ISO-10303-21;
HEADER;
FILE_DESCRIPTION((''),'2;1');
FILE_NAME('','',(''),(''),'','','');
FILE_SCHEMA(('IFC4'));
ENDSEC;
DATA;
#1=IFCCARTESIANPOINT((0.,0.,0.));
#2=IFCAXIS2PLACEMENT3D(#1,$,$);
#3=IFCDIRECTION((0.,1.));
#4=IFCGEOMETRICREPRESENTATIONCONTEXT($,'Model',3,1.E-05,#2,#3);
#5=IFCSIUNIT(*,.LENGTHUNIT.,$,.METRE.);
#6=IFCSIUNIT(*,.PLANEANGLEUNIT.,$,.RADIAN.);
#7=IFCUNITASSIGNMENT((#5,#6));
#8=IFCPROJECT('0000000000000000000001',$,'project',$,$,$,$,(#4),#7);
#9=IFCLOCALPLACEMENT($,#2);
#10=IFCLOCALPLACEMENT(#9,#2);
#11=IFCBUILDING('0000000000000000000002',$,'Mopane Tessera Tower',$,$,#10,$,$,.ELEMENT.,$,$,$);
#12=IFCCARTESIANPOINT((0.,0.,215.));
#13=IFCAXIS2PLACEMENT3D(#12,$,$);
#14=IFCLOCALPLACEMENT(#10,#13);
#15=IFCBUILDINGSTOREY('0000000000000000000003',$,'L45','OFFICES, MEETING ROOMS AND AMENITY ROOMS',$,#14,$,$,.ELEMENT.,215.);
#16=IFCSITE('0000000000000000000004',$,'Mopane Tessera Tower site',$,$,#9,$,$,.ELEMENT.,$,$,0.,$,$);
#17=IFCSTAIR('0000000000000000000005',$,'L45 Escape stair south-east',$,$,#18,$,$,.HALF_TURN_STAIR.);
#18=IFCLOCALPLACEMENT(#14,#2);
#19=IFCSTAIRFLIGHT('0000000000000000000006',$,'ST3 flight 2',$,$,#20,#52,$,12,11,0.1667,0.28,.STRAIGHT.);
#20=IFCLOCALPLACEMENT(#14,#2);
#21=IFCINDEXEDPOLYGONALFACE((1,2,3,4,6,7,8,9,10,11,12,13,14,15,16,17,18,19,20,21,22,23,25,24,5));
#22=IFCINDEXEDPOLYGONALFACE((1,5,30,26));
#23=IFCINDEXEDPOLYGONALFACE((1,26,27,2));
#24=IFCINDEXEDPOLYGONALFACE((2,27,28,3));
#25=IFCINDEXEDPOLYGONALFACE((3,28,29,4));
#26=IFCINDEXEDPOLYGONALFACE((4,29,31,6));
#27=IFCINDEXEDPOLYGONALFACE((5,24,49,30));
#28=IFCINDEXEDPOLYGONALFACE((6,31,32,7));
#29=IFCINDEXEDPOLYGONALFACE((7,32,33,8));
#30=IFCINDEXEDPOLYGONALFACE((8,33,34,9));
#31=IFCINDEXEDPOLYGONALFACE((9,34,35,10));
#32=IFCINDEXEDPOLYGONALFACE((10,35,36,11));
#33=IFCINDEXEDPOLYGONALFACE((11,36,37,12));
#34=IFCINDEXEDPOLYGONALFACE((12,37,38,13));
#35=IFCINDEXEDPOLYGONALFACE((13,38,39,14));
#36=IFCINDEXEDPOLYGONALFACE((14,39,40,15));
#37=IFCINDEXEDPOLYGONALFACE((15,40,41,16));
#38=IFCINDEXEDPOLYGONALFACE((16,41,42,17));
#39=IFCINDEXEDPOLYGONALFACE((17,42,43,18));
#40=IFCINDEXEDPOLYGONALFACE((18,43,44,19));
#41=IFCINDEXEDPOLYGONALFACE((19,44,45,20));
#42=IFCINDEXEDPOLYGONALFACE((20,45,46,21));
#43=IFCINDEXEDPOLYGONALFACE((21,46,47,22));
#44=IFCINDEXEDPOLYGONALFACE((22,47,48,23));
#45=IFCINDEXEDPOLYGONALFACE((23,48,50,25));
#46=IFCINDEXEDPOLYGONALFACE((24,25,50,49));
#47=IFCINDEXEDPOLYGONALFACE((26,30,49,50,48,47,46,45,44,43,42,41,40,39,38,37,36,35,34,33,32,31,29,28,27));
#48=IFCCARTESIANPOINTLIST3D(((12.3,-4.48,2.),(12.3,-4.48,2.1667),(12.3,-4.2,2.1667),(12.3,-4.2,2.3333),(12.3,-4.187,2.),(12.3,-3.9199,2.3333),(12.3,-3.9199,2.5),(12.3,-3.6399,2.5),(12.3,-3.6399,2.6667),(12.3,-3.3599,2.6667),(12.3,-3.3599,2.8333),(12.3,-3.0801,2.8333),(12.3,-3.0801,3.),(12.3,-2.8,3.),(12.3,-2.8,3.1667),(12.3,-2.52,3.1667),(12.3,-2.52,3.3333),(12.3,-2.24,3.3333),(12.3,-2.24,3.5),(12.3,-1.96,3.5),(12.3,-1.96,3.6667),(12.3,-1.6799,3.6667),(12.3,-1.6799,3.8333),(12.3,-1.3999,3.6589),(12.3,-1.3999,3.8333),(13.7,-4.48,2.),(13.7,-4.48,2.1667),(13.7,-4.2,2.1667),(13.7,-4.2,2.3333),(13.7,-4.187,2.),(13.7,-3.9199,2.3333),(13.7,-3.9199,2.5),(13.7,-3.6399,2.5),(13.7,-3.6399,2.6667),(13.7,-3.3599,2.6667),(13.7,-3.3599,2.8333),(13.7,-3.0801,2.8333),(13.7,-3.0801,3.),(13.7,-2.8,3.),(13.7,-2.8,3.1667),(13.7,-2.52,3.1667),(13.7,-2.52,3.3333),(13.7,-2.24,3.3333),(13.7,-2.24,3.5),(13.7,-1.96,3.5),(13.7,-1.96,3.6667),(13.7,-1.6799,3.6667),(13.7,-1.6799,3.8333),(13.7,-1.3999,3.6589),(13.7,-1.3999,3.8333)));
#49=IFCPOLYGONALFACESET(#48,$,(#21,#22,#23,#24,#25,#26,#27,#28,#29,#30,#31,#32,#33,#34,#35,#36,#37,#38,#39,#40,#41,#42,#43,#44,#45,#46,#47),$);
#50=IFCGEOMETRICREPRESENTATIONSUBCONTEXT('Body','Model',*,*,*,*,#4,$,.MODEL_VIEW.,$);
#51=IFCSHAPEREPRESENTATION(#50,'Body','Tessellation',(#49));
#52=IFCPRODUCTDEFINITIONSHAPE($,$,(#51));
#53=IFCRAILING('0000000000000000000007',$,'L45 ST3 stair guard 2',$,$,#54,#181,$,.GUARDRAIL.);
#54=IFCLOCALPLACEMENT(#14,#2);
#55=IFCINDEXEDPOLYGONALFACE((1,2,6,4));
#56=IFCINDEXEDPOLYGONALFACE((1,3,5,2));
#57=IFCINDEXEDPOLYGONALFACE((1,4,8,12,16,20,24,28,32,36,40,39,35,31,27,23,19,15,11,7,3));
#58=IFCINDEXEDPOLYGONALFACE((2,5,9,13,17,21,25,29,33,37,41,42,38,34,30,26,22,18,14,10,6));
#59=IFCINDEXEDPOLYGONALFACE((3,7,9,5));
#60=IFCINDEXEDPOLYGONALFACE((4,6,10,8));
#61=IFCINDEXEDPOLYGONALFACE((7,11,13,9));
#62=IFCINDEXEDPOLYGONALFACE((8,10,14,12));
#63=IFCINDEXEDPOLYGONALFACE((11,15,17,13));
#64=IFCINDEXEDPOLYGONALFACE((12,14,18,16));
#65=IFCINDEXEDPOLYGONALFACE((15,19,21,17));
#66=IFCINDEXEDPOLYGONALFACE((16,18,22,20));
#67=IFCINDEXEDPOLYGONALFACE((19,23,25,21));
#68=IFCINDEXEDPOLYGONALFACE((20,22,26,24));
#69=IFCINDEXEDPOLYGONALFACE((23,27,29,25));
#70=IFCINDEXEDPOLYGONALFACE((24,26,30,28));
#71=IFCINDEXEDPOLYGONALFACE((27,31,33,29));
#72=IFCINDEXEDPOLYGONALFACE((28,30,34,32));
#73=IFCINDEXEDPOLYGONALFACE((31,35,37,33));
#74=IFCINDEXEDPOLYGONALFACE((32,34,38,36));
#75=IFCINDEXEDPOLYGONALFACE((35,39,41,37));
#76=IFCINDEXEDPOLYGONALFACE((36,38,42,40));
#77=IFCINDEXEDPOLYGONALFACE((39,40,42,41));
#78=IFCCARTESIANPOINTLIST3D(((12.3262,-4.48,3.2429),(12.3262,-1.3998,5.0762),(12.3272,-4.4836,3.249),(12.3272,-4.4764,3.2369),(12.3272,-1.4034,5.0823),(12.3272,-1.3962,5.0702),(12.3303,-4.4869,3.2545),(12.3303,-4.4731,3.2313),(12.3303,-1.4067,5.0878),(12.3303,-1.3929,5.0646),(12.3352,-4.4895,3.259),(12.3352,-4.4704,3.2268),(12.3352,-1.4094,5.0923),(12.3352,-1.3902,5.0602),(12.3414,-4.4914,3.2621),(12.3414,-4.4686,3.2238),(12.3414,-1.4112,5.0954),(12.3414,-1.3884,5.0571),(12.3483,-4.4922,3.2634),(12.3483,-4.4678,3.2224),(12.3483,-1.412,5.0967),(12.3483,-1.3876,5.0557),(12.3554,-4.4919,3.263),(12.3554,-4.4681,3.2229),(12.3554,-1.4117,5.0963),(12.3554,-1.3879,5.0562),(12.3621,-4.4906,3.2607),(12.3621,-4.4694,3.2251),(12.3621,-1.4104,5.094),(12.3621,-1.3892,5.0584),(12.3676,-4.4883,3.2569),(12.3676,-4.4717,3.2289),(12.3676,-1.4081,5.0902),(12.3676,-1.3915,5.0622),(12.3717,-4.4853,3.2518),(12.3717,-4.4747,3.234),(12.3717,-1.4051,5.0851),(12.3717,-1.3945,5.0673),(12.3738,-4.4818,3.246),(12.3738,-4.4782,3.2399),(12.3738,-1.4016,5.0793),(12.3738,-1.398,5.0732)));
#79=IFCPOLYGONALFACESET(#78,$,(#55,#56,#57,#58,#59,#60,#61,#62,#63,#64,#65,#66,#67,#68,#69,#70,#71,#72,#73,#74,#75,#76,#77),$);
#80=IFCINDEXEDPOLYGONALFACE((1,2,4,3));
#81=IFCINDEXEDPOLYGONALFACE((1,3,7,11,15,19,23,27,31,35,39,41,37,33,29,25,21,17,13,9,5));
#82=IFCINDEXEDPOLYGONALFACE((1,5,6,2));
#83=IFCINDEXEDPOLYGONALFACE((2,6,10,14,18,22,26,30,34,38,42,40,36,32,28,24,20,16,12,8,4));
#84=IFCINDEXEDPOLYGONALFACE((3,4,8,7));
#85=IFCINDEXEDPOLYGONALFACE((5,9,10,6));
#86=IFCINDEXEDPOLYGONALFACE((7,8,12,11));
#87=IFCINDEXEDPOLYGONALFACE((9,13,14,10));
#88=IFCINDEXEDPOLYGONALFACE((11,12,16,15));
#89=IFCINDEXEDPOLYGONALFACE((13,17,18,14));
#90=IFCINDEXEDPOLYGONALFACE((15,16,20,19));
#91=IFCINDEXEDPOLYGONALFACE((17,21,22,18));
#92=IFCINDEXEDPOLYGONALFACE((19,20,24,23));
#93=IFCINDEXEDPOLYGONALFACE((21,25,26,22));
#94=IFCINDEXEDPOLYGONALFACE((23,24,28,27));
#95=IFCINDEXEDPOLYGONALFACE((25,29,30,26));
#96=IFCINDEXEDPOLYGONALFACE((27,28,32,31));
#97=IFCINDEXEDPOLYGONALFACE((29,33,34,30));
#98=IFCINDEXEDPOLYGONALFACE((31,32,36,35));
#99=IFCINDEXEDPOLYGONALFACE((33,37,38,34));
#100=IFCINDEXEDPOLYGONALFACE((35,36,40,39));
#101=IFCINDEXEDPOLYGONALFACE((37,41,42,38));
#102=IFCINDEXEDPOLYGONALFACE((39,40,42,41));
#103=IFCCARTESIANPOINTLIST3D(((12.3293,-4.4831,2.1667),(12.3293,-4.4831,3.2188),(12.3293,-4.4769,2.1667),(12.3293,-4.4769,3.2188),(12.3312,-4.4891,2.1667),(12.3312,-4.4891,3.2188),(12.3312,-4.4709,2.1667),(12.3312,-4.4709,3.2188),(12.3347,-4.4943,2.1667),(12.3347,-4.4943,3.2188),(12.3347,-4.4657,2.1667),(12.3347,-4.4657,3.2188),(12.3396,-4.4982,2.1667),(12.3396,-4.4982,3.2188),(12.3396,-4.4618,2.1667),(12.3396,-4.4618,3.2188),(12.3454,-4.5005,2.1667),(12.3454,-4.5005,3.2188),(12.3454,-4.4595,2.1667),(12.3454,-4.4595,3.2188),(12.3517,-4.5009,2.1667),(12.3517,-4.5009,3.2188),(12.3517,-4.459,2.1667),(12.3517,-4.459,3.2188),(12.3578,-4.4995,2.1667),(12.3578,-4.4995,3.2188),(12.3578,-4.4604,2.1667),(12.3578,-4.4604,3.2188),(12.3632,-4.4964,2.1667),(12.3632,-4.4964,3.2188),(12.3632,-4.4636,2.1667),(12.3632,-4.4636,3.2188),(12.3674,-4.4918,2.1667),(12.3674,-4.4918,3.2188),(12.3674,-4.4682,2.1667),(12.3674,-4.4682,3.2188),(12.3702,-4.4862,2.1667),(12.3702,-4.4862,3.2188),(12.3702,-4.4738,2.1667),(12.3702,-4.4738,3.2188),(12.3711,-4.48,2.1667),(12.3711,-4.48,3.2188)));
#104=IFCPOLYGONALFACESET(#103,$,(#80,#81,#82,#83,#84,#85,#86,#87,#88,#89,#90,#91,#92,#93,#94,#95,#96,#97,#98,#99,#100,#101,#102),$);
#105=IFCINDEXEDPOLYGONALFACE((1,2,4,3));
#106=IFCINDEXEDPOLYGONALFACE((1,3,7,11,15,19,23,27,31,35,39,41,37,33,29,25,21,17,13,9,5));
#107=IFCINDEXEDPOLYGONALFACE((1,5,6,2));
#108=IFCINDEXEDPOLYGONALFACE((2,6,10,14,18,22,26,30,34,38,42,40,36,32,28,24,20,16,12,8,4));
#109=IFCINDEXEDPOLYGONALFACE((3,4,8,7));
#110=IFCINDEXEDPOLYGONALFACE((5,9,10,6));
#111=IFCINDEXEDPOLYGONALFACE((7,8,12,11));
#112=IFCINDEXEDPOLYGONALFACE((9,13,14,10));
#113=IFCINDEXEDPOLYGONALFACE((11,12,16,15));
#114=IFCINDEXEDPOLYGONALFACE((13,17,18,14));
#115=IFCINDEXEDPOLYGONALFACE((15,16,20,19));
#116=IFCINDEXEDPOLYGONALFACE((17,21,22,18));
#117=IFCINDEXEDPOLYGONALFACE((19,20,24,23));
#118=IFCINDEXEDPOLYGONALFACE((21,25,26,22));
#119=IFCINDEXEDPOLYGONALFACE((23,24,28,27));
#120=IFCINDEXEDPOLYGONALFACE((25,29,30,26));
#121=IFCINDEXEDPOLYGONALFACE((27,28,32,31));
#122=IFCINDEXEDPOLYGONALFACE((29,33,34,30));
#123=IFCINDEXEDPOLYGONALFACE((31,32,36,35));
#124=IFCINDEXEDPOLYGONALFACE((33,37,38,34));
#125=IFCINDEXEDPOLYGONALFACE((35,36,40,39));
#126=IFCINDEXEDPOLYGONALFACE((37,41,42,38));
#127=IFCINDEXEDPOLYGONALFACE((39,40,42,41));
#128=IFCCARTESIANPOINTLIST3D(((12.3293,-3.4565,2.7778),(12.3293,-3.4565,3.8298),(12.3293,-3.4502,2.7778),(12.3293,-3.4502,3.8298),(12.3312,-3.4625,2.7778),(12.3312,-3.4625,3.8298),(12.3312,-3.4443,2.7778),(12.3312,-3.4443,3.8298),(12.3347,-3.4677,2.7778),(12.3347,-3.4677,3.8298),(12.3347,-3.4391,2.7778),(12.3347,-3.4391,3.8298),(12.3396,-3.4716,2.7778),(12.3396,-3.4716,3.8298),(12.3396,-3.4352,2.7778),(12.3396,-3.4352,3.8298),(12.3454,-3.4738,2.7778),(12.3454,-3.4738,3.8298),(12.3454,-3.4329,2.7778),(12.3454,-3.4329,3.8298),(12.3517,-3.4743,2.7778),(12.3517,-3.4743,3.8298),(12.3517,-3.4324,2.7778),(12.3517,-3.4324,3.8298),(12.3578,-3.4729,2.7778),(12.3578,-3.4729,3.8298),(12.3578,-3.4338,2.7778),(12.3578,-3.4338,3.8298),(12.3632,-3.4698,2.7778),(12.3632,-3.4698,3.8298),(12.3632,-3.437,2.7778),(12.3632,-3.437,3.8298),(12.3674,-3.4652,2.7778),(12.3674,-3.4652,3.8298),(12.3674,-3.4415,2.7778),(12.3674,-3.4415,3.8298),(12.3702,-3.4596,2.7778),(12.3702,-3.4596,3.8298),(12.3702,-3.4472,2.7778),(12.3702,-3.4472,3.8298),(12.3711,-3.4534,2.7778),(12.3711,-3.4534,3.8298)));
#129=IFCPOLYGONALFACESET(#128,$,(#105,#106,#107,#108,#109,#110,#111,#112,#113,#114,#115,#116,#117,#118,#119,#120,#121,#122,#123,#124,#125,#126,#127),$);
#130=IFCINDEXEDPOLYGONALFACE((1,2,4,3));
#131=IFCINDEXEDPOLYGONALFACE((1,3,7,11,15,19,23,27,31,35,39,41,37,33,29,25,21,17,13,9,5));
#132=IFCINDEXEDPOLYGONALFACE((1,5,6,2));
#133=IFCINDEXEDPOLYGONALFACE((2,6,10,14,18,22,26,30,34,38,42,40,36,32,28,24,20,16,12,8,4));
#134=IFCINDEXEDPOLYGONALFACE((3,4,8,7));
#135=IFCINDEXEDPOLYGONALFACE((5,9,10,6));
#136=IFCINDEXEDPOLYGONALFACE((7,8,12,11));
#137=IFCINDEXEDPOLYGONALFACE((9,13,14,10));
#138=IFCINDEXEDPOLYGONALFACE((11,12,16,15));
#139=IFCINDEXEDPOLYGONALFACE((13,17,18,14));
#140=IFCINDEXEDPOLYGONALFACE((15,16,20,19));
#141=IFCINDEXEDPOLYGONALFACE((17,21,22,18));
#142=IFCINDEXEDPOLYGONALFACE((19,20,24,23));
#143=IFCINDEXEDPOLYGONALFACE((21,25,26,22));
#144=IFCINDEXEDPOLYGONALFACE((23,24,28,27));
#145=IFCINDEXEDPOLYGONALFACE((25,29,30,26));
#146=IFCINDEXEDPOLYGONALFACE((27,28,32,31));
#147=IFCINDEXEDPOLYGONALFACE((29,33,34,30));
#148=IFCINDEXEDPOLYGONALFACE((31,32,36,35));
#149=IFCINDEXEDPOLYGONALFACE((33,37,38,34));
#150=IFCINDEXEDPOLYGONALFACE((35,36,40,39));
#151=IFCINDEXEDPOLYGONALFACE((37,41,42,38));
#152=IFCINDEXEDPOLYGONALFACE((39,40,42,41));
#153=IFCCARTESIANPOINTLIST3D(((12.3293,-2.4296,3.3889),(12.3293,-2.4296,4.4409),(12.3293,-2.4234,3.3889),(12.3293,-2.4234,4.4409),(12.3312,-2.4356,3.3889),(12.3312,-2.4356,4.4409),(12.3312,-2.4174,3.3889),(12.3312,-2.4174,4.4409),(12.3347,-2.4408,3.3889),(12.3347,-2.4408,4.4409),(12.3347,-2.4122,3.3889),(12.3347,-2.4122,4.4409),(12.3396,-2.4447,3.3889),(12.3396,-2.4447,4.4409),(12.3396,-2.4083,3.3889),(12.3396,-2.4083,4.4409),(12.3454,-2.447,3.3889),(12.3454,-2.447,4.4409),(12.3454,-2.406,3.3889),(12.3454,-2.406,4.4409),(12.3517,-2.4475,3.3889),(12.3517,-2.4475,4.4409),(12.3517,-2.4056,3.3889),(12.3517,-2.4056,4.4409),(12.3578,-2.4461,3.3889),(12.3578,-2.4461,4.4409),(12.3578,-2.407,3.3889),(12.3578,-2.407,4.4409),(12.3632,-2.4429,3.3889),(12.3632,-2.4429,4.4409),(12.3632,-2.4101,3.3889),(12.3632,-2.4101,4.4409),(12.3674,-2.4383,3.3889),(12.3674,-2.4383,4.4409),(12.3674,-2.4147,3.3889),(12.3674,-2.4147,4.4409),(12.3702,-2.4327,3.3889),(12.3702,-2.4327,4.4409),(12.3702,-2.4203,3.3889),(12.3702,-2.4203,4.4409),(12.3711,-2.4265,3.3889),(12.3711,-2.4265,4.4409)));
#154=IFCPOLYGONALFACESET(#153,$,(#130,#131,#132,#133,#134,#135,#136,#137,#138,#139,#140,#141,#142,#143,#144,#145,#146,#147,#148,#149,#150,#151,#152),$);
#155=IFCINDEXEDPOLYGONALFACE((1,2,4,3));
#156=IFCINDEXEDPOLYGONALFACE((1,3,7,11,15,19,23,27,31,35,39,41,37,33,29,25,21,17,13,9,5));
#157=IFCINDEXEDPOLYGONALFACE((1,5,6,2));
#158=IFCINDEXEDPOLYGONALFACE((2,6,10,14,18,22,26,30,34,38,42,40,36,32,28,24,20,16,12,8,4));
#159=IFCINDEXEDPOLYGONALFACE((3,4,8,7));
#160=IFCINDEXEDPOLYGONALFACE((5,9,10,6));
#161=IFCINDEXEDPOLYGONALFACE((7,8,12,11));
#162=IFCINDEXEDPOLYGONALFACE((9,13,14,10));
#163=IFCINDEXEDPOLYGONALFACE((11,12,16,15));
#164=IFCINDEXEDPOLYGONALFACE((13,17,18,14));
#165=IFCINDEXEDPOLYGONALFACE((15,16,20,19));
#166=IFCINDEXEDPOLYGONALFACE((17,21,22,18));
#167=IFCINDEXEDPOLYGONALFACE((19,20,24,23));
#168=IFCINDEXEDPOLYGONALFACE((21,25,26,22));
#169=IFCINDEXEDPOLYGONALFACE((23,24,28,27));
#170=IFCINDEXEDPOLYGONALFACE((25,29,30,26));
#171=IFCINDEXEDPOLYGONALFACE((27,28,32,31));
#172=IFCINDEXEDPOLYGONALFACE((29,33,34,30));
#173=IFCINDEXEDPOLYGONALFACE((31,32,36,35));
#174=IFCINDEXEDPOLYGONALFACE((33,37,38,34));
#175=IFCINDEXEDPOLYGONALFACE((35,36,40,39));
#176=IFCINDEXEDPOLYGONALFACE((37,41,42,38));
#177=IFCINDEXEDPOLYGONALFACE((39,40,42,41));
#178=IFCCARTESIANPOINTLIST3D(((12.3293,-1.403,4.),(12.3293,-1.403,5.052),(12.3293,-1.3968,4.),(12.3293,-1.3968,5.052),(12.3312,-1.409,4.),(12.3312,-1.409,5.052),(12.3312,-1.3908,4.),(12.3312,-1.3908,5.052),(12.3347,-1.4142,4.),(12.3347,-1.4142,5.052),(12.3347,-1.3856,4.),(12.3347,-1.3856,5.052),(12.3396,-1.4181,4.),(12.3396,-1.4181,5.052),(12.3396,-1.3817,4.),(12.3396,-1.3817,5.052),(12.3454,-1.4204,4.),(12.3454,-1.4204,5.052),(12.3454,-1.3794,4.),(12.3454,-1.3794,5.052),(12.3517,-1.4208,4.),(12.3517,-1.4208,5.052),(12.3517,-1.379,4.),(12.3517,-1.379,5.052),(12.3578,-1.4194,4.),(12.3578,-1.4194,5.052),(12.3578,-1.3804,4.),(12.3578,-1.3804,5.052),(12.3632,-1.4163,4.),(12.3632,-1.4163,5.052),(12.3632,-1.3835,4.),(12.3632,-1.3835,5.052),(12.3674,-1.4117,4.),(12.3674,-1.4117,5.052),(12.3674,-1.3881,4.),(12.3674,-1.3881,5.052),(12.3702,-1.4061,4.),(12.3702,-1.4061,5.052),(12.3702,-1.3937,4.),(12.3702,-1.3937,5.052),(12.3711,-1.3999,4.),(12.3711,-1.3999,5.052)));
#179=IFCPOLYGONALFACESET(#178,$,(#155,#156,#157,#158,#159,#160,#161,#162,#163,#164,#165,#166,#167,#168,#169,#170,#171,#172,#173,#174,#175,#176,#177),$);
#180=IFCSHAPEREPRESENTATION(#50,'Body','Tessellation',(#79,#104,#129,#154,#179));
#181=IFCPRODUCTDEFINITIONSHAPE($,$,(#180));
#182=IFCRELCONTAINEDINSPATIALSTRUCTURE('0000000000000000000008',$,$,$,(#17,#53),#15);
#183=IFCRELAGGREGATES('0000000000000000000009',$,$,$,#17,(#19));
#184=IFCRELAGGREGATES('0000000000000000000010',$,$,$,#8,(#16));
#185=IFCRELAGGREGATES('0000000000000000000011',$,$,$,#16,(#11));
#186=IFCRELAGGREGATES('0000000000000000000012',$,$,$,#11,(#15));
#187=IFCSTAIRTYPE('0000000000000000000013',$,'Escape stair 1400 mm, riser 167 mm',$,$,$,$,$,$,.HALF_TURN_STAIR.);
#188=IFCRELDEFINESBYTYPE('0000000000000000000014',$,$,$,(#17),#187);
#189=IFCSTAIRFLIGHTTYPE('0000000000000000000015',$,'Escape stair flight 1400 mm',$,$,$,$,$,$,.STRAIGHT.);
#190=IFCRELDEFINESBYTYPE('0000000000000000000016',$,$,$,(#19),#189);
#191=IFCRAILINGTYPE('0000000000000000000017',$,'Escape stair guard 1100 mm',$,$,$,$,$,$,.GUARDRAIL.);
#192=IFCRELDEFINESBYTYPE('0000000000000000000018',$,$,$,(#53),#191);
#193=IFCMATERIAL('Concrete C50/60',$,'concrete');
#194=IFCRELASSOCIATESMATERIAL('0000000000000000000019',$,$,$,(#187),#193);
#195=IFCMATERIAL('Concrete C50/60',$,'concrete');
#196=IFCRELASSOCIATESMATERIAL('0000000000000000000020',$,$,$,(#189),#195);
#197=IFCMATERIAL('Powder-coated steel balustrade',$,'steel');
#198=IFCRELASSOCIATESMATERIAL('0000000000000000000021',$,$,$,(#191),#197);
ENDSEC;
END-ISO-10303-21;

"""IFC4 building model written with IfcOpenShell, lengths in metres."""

from ifc_helpers import new_model, si_unit, direction, frame, origin, origin_2d, place, context, subcontext, project, spatial, polyline, circle, outline, extrude, material, type_object, element, aggregate, save


model = new_model("IFC4")

# Units and contexts
model_context = context("Model", 3, precision=1e-05, world=origin(), true_north=direction((0.0, 1.0)))
body_context = subcontext(model_context, "Body", "Model", "MODEL_VIEW")
ifc_project = project(units=[si_unit("LENGTHUNIT", "METRE"), si_unit("PLANEANGLEUNIT", "RADIAN")], contexts=[model_context])

# Site, building, storey
site_placement = place(None, origin())
site = spatial("IfcSite", under=ifc_project, at=site_placement, Name="Mopane Tessera Tower site", CompositionType="ELEMENT", RefElevation=0.0)
building_placement = place(site_placement, origin())
building = spatial("IfcBuilding", under=site, at=building_placement, Name="Mopane Tessera Tower", CompositionType="ELEMENT")
storey_placement = place(building_placement, frame((0.0, 0.0, 215.0)))
storey = spatial("IfcBuildingStorey", under=building, at=storey_placement, Name="L45", Description="OFFICES, MEETING ROOMS AND AMENITY ROOMS", CompositionType="ELEMENT", Elevation=215.0)

# Stair, stair flight
ifc_material_1 = material(Name="Concrete C50/60", Category="concrete")
stair_type = type_object("IfcStairType", Name="Escape stair 1400 mm, riser 167 mm", PredefinedType="HALF_TURN_STAIR", material=ifc_material_1)
stair_placement = place(storey_placement, origin())
stair = element("IfcStair", 1, at=stair_placement, inside=storey, type_object=stair_type, Name="L45 Escape stair south-east", PredefinedType="HALF_TURN_STAIR")
ifc_material_2 = material(Name="Concrete C50/60", Category="concrete")
stair_flight_type = type_object("IfcStairFlightType", Name="Escape stair flight 1400 mm", PredefinedType="STRAIGHT", material=ifc_material_2)
stair_flight_placement = place(storey_placement, frame((13.0, -4.48, 2.0), z_axis=(0.0, 0.0, 1.0), x_axis=(0.0, 1.0, 0.0)))
stair_flight = element("IfcStairFlight", 2, at=stair_flight_placement, type_object=stair_flight_type, Name="ST3 flight 2", NumberOfRisers=12, NumberOfTreads=11, PredefinedType="STRAIGHT", RiserHeight=0.1667, TreadLength=0.28, context=body_context, shape_type="SweptSolid", body=[
    extrude(outline(polyline([(0.0, 0.0), (0.0, 0.1667), (0.28, 0.1667), (0.28, 0.3333), (0.5601, 0.3333), (0.5601, 0.5), (0.8401, 0.5), (0.8401, 0.6667), (1.1201, 0.6667), (1.1201, 0.8333), (1.3999, 0.8333), (1.3999, 1.0), (1.6799, 1.0), (1.6799, 1.1667), (1.96, 1.1667), (1.96, 1.3333), (2.24, 1.3333), (2.24, 1.5), (2.52, 1.5), (2.52, 1.6667), (2.8, 1.6667), (2.8, 1.8333), (3.0801, 1.8333), (3.0801, 2.0), (3.0801, 1.6589), (0.293, 0.0), (0.0, 0.0)])), frame((0.0, 0.7, 0.0), z_axis=(0.0, -1.0, 0.0), x_axis=(1.0, 0.0, 0.0)), (0.0, 0.0, 1.0), 1.3999),
])
aggregate(stair, [stair_flight])

# Railing
ifc_material_3 = material(Name="Powder-coated steel balustrade", Category="steel")
railing_type_1 = type_object("IfcRailingType", Name="Escape stair guard 1100 mm", PredefinedType="GUARDRAIL", material=ifc_material_3)
railing_1_placement = place(storey_placement, frame((12.3501, -4.48, 2.1667)))
element("IfcRailing", 3, at=railing_1_placement, inside=storey, type_object=railing_type_1, Name="L45 ST3 stair guard 2", PredefinedType="GUARDRAIL", context=body_context, shape_type="SweptSolid", body=[
    extrude(circle(Radius=0.0239, at=origin_2d()), frame((0.0, 0.0, 1.0762), z_axis=(0.0, 0.859309, 0.511458), x_axis=(-1.0, 0.0, 0.0)), (0.0, 0.0, 1.0), 3.5845),
    extrude(circle(Radius=0.021, at=origin_2d()), origin(), (0.0, 0.0, 1.0), 1.052),
    extrude(circle(Radius=0.021, at=origin_2d()), frame((0.0, 1.0266, 0.6111)), (0.0, 0.0, 1.0), 1.052),
    extrude(circle(Radius=0.021, at=origin_2d()), frame((0.0, 2.0535, 1.2222)), (0.0, 0.0, 1.0), 1.052),
    extrude(circle(Radius=0.021, at=origin_2d()), frame((0.0, 3.0801, 1.8333)), (0.0, 0.0, 1.0), 1.052),
])

save(model, "model.ifc")
